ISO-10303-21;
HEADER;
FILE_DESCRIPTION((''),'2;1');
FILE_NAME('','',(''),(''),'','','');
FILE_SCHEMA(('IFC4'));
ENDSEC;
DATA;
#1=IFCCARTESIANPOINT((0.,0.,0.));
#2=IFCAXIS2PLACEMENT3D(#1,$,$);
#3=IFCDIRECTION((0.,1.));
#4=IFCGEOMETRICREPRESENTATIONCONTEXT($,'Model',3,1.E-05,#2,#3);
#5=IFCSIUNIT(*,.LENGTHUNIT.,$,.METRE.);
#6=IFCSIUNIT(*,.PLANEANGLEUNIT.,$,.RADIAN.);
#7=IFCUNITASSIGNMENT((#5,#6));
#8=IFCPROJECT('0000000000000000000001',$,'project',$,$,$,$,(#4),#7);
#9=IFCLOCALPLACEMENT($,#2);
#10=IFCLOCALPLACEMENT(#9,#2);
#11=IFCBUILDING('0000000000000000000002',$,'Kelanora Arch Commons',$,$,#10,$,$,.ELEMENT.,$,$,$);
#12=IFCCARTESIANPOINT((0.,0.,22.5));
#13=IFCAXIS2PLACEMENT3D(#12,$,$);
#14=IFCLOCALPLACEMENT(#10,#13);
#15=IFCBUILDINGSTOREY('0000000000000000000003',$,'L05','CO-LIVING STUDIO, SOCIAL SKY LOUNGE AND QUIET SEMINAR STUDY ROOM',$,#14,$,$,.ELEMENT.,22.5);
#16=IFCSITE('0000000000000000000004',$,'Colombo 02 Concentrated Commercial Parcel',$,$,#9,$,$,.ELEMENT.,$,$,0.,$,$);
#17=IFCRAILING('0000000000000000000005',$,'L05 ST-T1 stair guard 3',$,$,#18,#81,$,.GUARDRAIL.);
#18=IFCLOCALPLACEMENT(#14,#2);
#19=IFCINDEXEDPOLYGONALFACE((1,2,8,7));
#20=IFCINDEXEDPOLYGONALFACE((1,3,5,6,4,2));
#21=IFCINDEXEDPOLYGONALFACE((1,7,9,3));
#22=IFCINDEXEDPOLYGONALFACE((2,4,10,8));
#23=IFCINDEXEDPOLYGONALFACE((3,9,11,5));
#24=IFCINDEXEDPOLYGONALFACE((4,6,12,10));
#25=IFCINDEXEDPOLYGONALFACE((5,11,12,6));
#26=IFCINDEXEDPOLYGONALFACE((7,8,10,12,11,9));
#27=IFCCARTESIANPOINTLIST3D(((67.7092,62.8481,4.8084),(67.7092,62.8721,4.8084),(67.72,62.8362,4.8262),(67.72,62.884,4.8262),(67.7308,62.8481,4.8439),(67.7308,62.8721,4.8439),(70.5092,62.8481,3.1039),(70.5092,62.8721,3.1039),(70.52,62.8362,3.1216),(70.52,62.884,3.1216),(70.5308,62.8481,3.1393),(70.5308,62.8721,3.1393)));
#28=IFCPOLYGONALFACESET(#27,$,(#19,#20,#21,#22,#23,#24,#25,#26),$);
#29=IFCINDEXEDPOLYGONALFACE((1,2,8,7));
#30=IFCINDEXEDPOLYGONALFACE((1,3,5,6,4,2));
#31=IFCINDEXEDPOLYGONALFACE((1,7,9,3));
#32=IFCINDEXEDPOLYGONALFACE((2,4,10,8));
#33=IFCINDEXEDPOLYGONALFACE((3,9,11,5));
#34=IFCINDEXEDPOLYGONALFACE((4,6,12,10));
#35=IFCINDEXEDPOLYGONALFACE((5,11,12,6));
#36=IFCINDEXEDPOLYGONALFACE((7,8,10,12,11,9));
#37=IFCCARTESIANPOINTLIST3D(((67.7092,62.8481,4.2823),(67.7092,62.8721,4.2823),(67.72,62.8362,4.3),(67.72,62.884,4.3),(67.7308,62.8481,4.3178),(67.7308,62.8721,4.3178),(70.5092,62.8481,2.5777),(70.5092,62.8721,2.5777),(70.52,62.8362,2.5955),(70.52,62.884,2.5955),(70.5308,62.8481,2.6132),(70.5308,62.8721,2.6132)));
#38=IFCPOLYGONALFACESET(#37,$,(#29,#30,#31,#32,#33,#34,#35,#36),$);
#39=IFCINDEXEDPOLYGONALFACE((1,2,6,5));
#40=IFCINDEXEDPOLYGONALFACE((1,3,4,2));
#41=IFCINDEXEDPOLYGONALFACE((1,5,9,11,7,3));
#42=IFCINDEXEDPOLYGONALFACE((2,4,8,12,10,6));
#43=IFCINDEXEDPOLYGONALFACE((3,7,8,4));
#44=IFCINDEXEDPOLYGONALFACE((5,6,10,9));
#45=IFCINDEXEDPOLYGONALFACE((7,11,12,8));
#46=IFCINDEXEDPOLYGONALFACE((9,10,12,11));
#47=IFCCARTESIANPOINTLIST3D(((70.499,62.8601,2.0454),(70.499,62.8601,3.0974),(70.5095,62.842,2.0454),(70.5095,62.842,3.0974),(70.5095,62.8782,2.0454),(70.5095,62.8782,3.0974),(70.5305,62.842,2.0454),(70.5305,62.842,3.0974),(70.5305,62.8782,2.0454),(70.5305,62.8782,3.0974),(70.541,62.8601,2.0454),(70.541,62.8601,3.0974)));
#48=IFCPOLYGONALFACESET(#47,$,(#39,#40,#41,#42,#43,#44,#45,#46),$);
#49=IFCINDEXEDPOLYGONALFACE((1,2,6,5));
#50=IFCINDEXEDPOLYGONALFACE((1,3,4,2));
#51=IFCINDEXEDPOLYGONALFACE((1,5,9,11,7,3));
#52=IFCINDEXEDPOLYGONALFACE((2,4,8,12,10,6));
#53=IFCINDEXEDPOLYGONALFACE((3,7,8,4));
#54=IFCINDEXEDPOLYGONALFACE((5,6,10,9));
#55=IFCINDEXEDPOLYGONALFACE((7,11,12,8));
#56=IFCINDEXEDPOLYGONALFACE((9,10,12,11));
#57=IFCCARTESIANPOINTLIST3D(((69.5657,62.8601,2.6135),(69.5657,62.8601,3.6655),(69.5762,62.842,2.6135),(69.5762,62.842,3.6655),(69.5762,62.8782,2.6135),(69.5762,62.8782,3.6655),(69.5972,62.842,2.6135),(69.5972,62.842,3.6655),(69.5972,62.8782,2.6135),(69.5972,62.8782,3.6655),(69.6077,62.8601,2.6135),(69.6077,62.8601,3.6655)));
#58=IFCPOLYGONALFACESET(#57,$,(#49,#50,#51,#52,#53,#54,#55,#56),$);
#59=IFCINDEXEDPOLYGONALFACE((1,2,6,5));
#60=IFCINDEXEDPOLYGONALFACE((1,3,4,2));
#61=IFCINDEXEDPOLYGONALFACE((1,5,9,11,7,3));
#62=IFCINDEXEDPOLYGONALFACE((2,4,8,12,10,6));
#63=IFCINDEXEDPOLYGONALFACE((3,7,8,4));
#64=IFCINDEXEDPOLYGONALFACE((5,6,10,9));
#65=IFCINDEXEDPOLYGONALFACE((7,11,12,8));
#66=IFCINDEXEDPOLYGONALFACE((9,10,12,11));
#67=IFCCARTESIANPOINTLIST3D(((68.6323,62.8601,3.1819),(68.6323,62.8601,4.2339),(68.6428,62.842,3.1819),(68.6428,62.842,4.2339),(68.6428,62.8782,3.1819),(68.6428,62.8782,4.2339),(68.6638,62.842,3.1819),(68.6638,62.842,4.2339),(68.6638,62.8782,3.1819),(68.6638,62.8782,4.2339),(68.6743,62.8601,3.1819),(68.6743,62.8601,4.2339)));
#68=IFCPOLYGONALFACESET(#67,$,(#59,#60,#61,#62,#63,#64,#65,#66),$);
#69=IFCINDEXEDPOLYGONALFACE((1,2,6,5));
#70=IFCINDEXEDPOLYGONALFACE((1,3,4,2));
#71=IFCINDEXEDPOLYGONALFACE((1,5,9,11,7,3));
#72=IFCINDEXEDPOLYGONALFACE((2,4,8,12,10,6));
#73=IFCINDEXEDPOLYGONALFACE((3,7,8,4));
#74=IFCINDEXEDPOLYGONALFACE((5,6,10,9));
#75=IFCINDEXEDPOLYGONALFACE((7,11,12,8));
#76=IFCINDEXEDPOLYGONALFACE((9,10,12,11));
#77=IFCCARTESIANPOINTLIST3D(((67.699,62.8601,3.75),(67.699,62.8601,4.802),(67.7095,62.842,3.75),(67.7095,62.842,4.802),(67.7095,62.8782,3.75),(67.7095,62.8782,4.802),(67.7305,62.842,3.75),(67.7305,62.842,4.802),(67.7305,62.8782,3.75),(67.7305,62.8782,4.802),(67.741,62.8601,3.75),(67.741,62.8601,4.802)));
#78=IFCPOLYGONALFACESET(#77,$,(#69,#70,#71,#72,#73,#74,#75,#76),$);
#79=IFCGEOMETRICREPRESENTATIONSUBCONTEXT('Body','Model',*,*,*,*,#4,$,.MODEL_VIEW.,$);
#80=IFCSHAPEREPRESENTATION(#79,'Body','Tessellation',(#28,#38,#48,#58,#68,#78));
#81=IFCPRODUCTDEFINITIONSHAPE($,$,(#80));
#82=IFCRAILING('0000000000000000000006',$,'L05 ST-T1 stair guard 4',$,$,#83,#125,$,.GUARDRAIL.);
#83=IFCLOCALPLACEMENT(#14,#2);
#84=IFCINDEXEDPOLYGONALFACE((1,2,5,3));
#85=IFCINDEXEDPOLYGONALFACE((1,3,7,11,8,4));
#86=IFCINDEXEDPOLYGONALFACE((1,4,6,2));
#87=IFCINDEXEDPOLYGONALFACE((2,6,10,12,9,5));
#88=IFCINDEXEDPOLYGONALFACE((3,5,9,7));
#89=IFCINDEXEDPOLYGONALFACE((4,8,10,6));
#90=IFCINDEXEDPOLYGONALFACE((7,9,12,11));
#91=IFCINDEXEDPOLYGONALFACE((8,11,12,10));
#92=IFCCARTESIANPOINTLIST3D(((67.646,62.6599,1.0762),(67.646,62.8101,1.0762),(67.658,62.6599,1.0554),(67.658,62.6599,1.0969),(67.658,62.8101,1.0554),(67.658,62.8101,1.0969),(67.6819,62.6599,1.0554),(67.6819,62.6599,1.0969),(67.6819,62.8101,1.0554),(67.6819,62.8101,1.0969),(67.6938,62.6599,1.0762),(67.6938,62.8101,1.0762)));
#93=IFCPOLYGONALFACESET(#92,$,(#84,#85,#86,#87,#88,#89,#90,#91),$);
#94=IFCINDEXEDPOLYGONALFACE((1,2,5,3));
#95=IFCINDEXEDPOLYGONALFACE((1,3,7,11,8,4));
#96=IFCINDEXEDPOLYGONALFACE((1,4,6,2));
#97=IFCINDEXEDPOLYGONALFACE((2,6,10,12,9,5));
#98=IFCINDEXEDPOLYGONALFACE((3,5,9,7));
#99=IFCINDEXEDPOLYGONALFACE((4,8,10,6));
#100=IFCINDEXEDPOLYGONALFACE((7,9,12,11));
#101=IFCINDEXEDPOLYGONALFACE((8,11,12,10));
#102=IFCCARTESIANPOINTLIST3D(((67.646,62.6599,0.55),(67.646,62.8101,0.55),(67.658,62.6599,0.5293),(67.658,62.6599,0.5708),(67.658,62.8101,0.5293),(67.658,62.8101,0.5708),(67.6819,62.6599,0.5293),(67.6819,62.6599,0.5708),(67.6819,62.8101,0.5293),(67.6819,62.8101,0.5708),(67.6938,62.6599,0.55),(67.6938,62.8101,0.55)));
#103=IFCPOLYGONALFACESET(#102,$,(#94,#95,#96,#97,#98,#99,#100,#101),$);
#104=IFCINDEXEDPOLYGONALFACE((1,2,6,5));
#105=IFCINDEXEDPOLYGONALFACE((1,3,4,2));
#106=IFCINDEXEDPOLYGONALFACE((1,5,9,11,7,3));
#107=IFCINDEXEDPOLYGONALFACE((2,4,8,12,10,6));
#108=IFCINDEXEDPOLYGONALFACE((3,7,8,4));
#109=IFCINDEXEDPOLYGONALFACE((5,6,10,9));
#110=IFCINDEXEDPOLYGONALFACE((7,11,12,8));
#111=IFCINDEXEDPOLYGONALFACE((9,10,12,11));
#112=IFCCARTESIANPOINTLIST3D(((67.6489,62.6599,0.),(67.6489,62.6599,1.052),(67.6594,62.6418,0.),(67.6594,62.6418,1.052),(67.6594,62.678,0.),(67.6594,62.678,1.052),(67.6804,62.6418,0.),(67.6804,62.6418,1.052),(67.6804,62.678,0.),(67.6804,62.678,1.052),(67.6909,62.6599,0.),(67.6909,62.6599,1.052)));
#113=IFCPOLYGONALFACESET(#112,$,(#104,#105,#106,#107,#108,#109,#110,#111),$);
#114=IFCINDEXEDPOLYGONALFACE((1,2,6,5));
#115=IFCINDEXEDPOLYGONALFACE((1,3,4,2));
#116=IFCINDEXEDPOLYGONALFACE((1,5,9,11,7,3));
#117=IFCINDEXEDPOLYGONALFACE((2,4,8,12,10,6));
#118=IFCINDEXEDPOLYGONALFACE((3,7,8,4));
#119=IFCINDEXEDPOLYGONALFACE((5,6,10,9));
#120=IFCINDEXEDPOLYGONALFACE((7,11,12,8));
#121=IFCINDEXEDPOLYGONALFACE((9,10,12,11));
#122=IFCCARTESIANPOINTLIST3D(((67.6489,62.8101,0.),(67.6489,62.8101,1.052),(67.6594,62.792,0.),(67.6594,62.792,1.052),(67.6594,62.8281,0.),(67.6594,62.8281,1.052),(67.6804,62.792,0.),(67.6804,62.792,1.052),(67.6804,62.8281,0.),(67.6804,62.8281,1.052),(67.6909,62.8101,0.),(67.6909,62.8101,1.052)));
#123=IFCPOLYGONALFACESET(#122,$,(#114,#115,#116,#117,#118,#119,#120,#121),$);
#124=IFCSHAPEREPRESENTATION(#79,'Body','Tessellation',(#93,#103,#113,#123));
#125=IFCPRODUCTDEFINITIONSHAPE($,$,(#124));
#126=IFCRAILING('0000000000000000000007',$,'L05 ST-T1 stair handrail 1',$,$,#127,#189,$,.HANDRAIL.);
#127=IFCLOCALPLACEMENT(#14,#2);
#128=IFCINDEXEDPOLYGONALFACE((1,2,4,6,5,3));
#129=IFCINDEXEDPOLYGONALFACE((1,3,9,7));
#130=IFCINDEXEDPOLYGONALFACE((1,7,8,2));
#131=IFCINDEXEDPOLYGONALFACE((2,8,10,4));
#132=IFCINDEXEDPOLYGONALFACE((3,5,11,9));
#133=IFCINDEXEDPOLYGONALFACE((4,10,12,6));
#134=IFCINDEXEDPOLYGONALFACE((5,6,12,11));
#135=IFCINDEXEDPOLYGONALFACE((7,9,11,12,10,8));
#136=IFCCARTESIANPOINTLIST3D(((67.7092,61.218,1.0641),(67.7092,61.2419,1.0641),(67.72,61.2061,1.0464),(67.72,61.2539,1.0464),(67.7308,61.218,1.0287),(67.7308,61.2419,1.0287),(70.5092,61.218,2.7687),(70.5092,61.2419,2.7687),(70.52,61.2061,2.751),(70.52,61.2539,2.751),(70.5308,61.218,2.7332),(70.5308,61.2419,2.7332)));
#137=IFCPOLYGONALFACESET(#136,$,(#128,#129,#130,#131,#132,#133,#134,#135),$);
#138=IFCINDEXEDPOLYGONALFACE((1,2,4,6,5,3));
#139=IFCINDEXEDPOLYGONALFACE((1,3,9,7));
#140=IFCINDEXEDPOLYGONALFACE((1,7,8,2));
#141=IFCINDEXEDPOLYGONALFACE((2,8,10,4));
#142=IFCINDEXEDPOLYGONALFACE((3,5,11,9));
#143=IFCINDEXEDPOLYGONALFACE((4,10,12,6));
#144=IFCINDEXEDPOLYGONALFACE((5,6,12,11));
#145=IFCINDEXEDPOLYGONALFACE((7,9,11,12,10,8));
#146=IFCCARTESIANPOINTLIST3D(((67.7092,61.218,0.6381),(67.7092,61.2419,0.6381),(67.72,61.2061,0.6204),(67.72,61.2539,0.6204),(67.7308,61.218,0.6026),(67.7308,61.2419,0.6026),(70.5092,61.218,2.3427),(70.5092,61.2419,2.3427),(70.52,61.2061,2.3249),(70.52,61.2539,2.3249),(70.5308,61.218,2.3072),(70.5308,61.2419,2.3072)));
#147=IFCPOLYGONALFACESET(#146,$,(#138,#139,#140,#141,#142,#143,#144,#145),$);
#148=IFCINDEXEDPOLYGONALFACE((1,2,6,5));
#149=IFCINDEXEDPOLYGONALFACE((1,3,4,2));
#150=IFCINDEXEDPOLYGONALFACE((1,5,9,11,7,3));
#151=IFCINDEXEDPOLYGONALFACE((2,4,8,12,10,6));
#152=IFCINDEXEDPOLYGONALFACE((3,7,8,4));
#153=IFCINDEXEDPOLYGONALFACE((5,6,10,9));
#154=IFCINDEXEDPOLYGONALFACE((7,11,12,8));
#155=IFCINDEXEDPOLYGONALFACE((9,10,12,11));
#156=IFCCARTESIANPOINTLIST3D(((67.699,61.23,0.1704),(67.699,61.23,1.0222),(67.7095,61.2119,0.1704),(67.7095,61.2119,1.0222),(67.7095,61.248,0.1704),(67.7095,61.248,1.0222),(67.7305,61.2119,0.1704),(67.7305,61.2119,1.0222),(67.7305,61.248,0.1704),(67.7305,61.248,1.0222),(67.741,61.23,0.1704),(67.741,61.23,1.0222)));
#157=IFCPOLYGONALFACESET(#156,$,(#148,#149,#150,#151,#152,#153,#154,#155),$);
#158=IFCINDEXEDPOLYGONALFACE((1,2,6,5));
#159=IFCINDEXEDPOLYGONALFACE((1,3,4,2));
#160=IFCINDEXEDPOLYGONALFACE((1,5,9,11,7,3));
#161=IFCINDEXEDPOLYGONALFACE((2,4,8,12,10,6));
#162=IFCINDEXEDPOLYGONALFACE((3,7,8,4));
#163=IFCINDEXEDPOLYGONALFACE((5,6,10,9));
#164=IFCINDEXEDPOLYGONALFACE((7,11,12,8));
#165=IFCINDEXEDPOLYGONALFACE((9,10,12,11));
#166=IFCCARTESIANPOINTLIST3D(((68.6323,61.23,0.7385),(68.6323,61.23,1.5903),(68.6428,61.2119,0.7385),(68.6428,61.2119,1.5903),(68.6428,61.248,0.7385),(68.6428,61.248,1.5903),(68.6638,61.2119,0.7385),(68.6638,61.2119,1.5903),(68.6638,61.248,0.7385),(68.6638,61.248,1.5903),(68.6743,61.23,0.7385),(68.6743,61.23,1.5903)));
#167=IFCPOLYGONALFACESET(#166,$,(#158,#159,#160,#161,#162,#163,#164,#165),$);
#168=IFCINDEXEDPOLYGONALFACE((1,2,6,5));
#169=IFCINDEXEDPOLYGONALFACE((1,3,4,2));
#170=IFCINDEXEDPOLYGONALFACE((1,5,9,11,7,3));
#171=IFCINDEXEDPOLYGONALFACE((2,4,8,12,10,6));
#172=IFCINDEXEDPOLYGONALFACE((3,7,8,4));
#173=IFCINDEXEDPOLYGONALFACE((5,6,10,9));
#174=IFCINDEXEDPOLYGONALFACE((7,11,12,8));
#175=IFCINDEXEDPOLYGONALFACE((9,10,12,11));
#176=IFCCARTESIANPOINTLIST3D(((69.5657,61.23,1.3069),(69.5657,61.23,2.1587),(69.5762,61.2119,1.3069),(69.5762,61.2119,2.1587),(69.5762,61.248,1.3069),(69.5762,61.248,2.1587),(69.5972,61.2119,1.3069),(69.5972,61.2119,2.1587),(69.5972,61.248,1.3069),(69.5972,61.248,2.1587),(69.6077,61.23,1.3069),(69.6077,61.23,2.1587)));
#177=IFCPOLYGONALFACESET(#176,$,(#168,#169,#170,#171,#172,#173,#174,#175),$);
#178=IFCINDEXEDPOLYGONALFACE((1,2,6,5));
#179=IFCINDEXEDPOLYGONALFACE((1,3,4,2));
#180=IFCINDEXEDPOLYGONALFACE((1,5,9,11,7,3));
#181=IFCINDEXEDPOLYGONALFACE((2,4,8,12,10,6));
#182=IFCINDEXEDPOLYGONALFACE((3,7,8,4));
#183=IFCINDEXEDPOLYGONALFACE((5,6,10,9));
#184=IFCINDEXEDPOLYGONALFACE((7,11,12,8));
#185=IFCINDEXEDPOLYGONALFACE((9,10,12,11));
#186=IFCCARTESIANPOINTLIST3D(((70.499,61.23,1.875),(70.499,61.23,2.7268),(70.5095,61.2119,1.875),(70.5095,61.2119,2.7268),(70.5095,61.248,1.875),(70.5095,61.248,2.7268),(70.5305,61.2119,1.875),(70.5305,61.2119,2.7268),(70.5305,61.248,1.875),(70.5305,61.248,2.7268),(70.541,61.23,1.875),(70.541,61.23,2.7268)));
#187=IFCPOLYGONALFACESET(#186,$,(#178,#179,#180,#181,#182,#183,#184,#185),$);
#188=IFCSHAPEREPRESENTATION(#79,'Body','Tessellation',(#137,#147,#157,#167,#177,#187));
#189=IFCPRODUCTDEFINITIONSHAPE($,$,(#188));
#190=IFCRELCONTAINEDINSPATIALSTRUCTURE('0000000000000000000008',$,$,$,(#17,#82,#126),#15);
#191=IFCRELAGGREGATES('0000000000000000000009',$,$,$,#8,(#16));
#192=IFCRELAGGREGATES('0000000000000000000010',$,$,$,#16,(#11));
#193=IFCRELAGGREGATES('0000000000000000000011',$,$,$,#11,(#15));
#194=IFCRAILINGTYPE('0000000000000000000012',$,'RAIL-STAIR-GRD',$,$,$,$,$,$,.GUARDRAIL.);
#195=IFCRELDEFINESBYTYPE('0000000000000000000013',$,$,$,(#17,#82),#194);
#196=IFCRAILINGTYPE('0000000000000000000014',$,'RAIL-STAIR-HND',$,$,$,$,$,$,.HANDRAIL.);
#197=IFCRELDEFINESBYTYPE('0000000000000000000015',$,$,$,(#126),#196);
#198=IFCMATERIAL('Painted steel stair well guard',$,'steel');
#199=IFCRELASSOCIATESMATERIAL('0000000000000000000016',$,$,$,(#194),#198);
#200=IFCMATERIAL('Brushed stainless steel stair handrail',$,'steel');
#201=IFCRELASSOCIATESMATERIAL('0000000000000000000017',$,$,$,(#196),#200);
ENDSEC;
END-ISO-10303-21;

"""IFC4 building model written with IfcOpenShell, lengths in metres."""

from ifc_helpers import new_model, si_unit, direction, frame, origin, place, context, subcontext, project, spatial, polyline, outline, extrude, material, type_object, element, save


model = new_model("IFC4")

# Units and contexts
model_context = context("Model", 3, precision=1e-05, world=origin(), true_north=direction((0.0, 1.0)))
body_context = subcontext(model_context, "Body", "Model", "MODEL_VIEW")
ifc_project = project(units=[si_unit("LENGTHUNIT", "METRE"), si_unit("PLANEANGLEUNIT", "RADIAN")], contexts=[model_context])

# Site, building, storey
site_placement = place(None, origin())
site = spatial("IfcSite", under=ifc_project, at=site_placement, Name="Colombo 02 Concentrated Commercial Parcel", CompositionType="ELEMENT", RefElevation=0.0)
building_placement = place(site_placement, origin())
building = spatial("IfcBuilding", under=site, at=building_placement, Name="Kelanora Arch Commons", CompositionType="ELEMENT")
storey_placement = place(building_placement, frame((0.0, 0.0, 22.5)))
storey = spatial("IfcBuildingStorey", under=building, at=storey_placement, Name="L05", Description="CO-LIVING STUDIO, SOCIAL SKY LOUNGE AND QUIET SEMINAR STUDY ROOM", CompositionType="ELEMENT", Elevation=22.5)

# Railings
ifc_material_1 = material(Name="Painted steel stair well guard", Category="steel")
railing_type_1 = type_object("IfcRailingType", Name="RAIL-STAIR-GRD", PredefinedType="GUARDRAIL", material=ifc_material_1)
railing_1_placement = place(storey_placement, frame((70.52, 62.8601, 2.0454)))
element("IfcRailing", 1, at=railing_1_placement, inside=storey, type_object=railing_type_1, Name="L05 ST-T1 stair guard 3", PredefinedType="GUARDRAIL", context=body_context, shape_type="SweptSolid", body=[
    extrude(outline(polyline([(0.0239, 0.0), (0.012, 0.0208), (-0.012, 0.0208), (-0.0239, 0.0), (-0.012, -0.0208), (0.012, -0.0208), (0.0239, 0.0)])), frame((0.0, 0.0, 1.0762), z_axis=(-0.85417, 0.0, 0.519994), x_axis=(0.0, -1.0, 0.0)), (0.0, 0.0, 1.0), 3.2781),
    extrude(outline(polyline([(0.0239, 0.0), (0.012, 0.0208), (-0.012, 0.0208), (-0.0239, 0.0), (-0.012, -0.0208), (0.012, -0.0208), (0.0239, 0.0)])), frame((0.0, 0.0, 0.55), z_axis=(-0.85417, 0.0, 0.519994), x_axis=(0.0, -1.0, 0.0)), (0.0, 0.0, 1.0), 3.2781),
    extrude(outline(polyline([(0.021, 0.0), (0.0105, 0.0181), (-0.0105, 0.0181), (-0.021, 0.0), (-0.0105, -0.0181), (0.0105, -0.0181), (0.021, 0.0)])), origin(), (0.0, 0.0, 1.0), 1.052),
    extrude(outline(polyline([(0.021, 0.0), (0.0105, 0.0181), (-0.0105, 0.0181), (-0.021, 0.0), (-0.0105, -0.0181), (0.0105, -0.0181), (0.021, 0.0)])), frame((-0.9333, 0.0, 0.5681)), (0.0, 0.0, 1.0), 1.052),
    extrude(outline(polyline([(0.021, 0.0), (0.0105, 0.0181), (-0.0105, 0.0181), (-0.021, 0.0), (-0.0105, -0.0181), (0.0105, -0.0181), (0.021, 0.0)])), frame((-1.8667, 0.0, 1.1365)), (0.0, 0.0, 1.0), 1.052),
    extrude(outline(polyline([(0.021, 0.0), (0.0105, 0.0181), (-0.0105, 0.0181), (-0.021, 0.0), (-0.0105, -0.0181), (0.0105, -0.0181), (0.021, 0.0)])), frame((-2.8, 0.0, 1.7046)), (0.0, 0.0, 1.0), 1.052),
])
railing_2_placement = place(storey_placement, frame((67.6699, 62.6599, 0.0)))
element("IfcRailing", 2, at=railing_2_placement, inside=storey, type_object=railing_type_1, Name="L05 ST-T1 stair guard 4", PredefinedType="GUARDRAIL", context=body_context, shape_type="SweptSolid", body=[
    extrude(outline(polyline([(0.0239, 0.0), (0.012, 0.0208), (-0.012, 0.0208), (-0.0239, 0.0), (-0.012, -0.0208), (0.012, -0.0208), (0.0239, 0.0)])), frame((0.0, 0.0, 1.0762), z_axis=(0.0, 1.0, 0.0), x_axis=(-1.0, 0.0, 0.0)), (0.0, 0.0, 1.0), 0.1501),
    extrude(outline(polyline([(0.0239, 0.0), (0.012, 0.0208), (-0.012, 0.0208), (-0.0239, 0.0), (-0.012, -0.0208), (0.012, -0.0208), (0.0239, 0.0)])), frame((0.0, 0.0, 0.55), z_axis=(0.0, 1.0, 0.0), x_axis=(-1.0, 0.0, 0.0)), (0.0, 0.0, 1.0), 0.1501),
    extrude(outline(polyline([(0.021, 0.0), (0.0105, 0.0181), (-0.0105, 0.0181), (-0.021, 0.0), (-0.0105, -0.0181), (0.0105, -0.0181), (0.021, 0.0)])), origin(), (0.0, 0.0, 1.0), 1.052),
    extrude(outline(polyline([(0.021, 0.0), (0.0105, 0.0181), (-0.0105, 0.0181), (-0.021, 0.0), (-0.0105, -0.0181), (0.0105, -0.0181), (0.021, 0.0)])), frame((0.0, 0.1501, 0.0)), (0.0, 0.0, 1.0), 1.052),
])
ifc_material_2 = material(Name="Brushed stainless steel stair handrail", Category="steel")
railing_type_2 = type_object("IfcRailingType", Name="RAIL-STAIR-HND", PredefinedType="HANDRAIL", material=ifc_material_2)
railing_3_placement = place(storey_placement, frame((67.72, 61.23, 0.1704)))
element("IfcRailing", 3, at=railing_3_placement, inside=storey, type_object=railing_type_2, Name="L05 ST-T1 stair handrail 1", PredefinedType="HANDRAIL", context=body_context, shape_type="SweptSolid", body=[
    extrude(outline(polyline([(0.0239, 0.0), (0.012, 0.0208), (-0.012, 0.0208), (-0.0239, 0.0), (-0.012, -0.0208), (0.012, -0.0208), (0.0239, 0.0)])), frame((0.0, 0.0, 0.876), z_axis=(0.85417, 0.0, 0.519994), x_axis=(0.0, 1.0, 0.0)), (0.0, 0.0, 1.0), 3.2781),
    extrude(outline(polyline([(0.0239, 0.0), (0.012, 0.0208), (-0.012, 0.0208), (-0.0239, 0.0), (-0.012, -0.0208), (0.012, -0.0208), (0.0239, 0.0)])), frame((0.0, 0.0, 0.45), z_axis=(0.85417, 0.0, 0.519994), x_axis=(0.0, 1.0, 0.0)), (0.0, 0.0, 1.0), 3.2781),
    extrude(outline(polyline([(0.021, 0.0), (0.0105, 0.0181), (-0.0105, 0.0181), (-0.021, 0.0), (-0.0105, -0.0181), (0.0105, -0.0181), (0.021, 0.0)])), origin(), (0.0, 0.0, 1.0), 0.8518),
    extrude(outline(polyline([(0.021, 0.0), (0.0105, 0.0181), (-0.0105, 0.0181), (-0.021, 0.0), (-0.0105, -0.0181), (0.0105, -0.0181), (0.021, 0.0)])), frame((0.9333, 0.0, 0.5681)), (0.0, 0.0, 1.0), 0.8518),
    extrude(outline(polyline([(0.021, 0.0), (0.0105, 0.0181), (-0.0105, 0.0181), (-0.021, 0.0), (-0.0105, -0.0181), (0.0105, -0.0181), (0.021, 0.0)])), frame((1.8667, 0.0, 1.1365)), (0.0, 0.0, 1.0), 0.8518),
    extrude(outline(polyline([(0.021, 0.0), (0.0105, 0.0181), (-0.0105, 0.0181), (-0.021, 0.0), (-0.0105, -0.0181), (0.0105, -0.0181), (0.021, 0.0)])), frame((2.8, 0.0, 1.7046)), (0.0, 0.0, 1.0), 0.8518),
])

save(model, "model.ifc")
